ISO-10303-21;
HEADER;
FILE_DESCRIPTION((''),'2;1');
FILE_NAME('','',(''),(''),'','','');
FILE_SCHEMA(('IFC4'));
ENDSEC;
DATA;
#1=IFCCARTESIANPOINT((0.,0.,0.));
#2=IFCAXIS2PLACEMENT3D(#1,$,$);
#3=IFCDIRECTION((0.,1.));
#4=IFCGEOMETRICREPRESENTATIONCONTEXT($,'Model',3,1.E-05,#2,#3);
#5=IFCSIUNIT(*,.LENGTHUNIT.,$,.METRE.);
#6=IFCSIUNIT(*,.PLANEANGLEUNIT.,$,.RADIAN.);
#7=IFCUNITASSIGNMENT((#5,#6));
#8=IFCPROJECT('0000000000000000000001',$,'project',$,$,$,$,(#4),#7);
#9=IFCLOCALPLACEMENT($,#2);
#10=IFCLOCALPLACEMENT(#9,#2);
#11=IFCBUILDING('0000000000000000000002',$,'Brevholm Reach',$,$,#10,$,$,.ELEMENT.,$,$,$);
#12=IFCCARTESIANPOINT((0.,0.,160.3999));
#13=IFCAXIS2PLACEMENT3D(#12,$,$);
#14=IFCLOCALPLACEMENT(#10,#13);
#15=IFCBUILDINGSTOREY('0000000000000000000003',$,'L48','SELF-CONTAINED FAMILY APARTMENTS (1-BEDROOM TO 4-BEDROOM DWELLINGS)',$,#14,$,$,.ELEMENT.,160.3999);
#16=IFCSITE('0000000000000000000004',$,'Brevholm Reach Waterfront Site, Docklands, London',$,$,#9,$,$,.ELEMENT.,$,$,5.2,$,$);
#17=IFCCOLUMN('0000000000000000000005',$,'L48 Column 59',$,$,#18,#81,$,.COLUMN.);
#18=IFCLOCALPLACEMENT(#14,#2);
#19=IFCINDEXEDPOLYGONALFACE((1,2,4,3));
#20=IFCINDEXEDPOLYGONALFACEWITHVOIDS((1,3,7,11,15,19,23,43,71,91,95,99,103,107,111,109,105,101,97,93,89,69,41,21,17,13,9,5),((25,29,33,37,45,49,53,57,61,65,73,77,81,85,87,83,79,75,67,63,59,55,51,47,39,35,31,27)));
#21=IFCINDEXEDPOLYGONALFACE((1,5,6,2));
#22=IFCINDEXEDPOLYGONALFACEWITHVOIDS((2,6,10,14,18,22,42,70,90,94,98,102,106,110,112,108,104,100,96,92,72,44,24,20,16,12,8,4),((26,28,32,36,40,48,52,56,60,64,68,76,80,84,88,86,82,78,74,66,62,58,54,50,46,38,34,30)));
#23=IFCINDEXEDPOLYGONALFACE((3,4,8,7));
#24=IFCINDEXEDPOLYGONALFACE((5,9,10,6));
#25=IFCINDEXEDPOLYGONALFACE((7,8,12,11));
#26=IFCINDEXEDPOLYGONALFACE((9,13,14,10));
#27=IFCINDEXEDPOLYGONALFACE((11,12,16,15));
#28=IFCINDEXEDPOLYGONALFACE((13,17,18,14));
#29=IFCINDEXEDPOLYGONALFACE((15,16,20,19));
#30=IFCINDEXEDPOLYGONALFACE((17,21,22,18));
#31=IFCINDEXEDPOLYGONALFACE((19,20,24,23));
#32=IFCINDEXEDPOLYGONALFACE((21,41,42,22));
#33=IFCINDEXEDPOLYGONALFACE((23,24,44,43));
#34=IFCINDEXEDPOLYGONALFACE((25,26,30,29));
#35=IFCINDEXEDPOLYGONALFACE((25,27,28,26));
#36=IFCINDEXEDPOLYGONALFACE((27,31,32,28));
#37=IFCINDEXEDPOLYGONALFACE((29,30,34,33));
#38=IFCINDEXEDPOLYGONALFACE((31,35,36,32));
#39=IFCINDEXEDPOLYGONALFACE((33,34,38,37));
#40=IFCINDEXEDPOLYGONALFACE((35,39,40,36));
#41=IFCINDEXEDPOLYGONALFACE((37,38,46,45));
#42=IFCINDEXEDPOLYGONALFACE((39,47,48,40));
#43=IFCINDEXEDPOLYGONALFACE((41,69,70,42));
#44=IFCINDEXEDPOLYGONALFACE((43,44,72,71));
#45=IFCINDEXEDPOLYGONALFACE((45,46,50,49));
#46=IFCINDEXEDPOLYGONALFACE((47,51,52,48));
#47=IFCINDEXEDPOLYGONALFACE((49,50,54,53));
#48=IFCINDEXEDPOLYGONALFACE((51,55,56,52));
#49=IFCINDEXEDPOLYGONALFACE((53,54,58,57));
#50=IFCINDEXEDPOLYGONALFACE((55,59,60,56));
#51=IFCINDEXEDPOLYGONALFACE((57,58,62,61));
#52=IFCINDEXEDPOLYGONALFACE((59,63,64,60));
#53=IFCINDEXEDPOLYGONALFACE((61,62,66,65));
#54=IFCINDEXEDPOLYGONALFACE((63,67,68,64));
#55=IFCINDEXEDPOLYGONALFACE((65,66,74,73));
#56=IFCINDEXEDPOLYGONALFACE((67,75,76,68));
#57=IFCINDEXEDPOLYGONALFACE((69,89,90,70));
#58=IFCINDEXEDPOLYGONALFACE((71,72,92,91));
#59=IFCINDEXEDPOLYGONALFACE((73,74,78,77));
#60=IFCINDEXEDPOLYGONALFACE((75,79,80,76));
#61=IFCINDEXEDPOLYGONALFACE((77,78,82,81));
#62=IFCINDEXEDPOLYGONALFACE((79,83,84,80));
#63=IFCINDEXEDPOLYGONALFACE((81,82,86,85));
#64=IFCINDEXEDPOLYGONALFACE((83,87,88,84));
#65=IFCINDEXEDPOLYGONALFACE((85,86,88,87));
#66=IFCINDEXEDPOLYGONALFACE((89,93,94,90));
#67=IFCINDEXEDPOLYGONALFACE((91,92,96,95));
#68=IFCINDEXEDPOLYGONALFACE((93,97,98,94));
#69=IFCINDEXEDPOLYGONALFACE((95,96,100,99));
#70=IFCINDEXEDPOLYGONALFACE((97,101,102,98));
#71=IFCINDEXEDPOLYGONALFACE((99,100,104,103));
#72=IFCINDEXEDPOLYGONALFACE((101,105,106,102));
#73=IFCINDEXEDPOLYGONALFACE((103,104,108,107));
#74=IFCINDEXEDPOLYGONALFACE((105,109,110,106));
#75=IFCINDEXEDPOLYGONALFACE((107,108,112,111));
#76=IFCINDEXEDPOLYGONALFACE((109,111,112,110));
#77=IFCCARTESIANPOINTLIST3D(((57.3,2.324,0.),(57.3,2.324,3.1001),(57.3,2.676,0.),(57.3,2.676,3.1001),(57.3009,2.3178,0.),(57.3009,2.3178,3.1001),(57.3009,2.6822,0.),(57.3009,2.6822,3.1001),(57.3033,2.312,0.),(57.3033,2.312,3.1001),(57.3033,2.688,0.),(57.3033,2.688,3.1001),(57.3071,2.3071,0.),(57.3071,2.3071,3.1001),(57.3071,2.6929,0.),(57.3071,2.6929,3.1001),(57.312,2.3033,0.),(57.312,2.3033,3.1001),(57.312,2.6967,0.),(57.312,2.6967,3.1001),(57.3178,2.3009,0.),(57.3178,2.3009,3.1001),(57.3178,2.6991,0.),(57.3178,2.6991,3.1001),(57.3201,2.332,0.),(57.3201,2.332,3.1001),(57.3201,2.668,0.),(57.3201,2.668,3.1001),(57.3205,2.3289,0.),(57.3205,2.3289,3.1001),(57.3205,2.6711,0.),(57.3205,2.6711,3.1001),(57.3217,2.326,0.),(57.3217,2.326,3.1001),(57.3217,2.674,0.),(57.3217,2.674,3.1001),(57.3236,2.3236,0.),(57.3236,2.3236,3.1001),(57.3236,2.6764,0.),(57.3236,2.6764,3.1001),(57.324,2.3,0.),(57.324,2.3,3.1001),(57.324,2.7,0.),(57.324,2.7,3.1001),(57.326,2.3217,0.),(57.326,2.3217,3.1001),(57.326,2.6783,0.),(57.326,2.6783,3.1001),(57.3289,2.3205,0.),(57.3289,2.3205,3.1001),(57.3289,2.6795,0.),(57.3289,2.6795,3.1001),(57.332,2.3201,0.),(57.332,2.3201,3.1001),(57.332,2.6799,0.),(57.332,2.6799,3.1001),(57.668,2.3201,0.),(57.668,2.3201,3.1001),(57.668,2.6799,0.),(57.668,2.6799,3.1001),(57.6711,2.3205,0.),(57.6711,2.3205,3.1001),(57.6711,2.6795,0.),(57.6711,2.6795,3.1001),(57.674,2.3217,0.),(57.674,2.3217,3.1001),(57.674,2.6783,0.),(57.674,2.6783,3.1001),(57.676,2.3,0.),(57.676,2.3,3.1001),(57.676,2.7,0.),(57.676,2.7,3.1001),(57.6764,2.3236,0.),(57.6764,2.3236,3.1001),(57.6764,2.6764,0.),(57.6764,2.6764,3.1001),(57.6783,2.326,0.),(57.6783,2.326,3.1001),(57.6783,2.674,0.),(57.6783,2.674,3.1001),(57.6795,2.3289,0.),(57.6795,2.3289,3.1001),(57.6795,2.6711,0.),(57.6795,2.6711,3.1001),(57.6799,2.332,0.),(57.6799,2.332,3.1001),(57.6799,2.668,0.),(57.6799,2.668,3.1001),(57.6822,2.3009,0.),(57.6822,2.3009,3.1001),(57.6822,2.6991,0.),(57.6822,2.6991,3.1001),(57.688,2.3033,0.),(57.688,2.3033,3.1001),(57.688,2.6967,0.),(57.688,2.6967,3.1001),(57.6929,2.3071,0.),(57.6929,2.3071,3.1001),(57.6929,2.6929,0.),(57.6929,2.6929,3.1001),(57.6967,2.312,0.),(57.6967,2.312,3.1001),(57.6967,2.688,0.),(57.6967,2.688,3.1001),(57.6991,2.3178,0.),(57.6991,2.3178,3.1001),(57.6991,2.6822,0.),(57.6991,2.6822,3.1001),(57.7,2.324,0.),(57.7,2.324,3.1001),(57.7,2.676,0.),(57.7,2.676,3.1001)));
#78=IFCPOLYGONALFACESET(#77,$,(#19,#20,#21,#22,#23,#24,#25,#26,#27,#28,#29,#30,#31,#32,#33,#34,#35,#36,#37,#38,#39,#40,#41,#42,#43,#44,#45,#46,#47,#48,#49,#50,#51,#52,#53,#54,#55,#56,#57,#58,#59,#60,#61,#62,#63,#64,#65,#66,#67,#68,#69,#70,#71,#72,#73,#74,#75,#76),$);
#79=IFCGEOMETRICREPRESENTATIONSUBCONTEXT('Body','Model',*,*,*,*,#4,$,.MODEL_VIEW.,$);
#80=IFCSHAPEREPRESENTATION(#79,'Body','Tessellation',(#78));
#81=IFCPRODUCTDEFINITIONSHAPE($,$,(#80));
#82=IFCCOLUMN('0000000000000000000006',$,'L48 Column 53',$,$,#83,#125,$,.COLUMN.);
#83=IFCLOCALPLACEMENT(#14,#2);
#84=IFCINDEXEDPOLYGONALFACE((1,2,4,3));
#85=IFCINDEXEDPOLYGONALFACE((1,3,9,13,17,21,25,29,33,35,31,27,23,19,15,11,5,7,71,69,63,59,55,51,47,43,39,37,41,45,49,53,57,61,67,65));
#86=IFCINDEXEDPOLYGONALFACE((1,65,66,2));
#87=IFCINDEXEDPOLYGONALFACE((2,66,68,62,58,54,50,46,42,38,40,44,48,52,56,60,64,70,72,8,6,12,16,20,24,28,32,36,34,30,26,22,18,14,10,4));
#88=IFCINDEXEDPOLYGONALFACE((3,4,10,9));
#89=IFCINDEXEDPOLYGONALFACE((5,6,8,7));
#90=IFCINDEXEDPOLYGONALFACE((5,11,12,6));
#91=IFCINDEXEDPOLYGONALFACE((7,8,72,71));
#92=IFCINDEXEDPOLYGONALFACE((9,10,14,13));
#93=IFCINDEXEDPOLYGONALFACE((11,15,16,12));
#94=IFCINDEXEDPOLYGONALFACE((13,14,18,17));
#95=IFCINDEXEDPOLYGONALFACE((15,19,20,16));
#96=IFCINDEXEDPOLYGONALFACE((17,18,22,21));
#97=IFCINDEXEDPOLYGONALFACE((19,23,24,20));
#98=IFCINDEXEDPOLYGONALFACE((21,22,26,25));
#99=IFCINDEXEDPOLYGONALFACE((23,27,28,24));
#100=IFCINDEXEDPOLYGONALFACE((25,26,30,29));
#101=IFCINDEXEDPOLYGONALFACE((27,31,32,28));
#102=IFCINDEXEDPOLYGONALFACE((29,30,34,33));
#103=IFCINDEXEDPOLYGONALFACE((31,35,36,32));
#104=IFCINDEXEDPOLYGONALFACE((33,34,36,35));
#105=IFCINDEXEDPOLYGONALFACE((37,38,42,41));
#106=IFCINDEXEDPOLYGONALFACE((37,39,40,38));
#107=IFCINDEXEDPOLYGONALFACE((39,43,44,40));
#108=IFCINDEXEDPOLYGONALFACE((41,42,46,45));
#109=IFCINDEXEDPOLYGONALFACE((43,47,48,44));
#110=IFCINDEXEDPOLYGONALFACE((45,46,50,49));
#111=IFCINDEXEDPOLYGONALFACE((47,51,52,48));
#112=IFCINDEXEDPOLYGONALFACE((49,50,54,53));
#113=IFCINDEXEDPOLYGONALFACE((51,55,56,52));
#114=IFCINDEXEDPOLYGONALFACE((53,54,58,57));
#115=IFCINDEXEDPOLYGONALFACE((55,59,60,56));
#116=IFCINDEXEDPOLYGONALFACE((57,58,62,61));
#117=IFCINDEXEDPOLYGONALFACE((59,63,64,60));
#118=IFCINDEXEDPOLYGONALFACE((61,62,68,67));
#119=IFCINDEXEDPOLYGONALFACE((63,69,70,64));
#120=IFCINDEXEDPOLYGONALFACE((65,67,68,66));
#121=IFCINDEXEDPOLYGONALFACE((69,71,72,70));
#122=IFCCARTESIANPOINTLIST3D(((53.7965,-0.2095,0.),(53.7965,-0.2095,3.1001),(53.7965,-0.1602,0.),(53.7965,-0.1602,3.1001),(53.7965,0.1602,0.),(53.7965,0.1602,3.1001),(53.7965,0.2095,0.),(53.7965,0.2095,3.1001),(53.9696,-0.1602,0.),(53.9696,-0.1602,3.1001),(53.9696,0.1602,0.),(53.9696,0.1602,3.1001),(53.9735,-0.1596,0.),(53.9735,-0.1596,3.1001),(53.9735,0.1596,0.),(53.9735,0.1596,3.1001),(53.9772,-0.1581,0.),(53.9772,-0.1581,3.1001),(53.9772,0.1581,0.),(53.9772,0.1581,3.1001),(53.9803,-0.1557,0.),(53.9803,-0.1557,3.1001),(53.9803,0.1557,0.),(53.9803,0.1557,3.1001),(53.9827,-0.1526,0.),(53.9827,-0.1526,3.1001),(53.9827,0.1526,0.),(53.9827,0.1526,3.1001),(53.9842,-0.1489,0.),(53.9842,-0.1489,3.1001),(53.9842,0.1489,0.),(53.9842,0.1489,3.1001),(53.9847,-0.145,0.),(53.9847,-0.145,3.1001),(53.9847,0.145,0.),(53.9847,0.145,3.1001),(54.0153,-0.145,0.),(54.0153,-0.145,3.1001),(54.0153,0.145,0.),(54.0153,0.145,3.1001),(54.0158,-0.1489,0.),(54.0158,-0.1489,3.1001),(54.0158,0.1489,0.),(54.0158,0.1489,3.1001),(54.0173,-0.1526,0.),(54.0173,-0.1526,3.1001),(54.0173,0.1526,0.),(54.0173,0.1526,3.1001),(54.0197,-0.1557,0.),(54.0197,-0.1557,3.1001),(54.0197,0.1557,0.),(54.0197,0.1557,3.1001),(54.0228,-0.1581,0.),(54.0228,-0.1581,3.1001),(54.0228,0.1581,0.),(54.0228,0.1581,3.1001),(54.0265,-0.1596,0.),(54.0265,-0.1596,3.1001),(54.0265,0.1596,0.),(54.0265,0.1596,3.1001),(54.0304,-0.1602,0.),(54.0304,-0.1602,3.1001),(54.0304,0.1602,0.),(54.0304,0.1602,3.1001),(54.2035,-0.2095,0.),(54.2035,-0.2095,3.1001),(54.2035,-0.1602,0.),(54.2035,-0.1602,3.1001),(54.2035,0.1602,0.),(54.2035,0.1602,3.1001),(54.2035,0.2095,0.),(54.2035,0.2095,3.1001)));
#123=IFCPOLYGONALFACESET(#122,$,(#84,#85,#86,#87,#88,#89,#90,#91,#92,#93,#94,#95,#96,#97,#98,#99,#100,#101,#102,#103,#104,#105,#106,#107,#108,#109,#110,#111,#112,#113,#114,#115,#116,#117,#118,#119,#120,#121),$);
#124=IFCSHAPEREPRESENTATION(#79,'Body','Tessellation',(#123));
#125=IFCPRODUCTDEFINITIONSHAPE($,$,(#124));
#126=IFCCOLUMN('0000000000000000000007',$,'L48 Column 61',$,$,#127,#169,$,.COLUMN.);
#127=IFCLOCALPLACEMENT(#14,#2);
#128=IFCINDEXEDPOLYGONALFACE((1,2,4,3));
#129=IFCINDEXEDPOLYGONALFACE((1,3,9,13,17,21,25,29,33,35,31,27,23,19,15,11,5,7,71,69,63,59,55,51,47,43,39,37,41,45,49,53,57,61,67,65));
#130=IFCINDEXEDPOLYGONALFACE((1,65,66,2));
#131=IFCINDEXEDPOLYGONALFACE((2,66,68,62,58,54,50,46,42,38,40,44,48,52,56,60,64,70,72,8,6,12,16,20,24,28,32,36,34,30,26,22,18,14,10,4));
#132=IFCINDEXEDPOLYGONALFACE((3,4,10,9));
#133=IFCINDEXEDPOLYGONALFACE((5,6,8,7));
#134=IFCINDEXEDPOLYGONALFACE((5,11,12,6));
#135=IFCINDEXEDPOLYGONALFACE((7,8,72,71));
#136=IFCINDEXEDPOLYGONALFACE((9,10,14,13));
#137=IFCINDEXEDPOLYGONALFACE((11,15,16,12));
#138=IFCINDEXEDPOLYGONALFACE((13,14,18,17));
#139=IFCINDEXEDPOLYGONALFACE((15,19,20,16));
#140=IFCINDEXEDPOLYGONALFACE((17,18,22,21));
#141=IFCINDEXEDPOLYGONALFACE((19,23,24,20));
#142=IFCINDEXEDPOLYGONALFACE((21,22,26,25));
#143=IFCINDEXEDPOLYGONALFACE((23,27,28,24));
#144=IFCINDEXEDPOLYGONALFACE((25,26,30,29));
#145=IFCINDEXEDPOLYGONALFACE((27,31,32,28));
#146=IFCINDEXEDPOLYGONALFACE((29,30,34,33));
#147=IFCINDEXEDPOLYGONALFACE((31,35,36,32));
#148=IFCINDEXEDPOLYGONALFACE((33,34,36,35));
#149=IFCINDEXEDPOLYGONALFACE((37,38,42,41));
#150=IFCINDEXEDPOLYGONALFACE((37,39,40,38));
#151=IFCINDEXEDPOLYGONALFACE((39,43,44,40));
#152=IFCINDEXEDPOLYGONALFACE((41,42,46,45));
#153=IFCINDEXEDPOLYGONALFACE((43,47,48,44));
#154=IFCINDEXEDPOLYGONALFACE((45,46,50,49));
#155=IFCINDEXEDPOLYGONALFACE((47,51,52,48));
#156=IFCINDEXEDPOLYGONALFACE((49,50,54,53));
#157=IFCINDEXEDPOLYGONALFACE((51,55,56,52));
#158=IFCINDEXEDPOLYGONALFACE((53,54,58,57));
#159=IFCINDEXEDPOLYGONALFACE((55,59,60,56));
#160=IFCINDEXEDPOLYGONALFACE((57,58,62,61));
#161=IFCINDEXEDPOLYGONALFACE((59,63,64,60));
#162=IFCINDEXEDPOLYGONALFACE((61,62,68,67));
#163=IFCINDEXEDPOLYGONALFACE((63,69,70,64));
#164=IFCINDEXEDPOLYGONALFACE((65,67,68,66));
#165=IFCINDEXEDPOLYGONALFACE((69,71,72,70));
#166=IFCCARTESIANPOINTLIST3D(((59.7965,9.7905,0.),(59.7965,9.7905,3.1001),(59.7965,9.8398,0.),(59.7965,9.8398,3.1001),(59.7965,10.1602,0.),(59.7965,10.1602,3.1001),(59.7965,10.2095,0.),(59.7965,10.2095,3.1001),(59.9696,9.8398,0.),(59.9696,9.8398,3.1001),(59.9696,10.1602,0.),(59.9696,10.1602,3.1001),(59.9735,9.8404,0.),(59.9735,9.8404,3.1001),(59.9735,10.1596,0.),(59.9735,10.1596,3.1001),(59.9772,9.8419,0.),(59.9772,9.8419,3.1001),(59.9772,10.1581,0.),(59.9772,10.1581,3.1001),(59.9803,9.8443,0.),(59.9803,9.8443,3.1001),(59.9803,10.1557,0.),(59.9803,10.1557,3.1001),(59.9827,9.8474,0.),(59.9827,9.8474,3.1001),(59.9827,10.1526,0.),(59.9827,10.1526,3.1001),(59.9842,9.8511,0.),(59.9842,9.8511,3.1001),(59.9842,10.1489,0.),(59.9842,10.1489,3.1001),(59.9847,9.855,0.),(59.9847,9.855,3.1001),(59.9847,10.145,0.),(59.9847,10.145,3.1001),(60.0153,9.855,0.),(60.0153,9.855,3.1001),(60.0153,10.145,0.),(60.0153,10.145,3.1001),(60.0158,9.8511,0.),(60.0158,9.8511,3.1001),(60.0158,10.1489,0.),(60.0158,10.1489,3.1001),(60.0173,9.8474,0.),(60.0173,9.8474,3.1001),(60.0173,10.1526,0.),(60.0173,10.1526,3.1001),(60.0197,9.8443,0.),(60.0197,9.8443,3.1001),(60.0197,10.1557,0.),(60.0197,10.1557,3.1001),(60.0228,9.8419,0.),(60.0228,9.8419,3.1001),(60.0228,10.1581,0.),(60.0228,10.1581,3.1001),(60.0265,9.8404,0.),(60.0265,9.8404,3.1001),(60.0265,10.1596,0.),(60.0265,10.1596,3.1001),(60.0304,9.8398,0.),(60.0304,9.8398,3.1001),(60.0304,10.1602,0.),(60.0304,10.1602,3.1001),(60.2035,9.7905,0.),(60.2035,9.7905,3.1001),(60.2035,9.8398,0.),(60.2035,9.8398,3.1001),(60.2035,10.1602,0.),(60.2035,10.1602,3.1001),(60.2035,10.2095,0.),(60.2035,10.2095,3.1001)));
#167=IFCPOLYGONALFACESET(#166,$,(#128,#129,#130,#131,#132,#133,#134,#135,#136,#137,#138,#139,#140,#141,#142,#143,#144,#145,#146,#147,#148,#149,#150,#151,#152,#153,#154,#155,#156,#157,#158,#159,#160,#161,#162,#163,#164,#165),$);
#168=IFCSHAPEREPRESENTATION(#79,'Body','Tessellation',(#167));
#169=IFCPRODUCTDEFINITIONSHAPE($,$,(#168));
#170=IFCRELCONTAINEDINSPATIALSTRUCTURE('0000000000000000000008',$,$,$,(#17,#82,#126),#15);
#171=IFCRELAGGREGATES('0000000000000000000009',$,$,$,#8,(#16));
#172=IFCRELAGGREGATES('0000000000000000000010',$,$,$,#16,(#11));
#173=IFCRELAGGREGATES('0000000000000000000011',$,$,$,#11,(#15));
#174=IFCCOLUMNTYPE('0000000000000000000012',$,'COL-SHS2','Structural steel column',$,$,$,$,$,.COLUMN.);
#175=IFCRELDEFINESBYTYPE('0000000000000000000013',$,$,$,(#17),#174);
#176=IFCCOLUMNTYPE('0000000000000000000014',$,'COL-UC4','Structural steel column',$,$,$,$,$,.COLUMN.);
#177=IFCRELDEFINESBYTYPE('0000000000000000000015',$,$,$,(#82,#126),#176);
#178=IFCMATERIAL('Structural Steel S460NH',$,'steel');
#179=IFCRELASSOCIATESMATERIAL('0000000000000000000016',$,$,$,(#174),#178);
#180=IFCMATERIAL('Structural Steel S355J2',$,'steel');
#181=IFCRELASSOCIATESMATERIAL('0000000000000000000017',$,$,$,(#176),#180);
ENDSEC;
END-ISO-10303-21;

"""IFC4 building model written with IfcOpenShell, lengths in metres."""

from ifc_helpers import new_model, si_unit, direction, frame, origin, origin_2d, place, context, subcontext, project, spatial, hollow_rectangle, i_section, extrude, material, material_profile, profile_set, type_object, element, save


model = new_model("IFC4")

# Units and contexts
model_context = context("Model", 3, precision=1e-05, world=origin(), true_north=direction((0.0, 1.0)))
body_context = subcontext(model_context, "Body", "Model", "MODEL_VIEW")
ifc_project = project(units=[si_unit("LENGTHUNIT", "METRE"), si_unit("PLANEANGLEUNIT", "RADIAN")], contexts=[model_context])

# Site, building, storey
site_placement = place(None, origin())
site = spatial("IfcSite", under=ifc_project, at=site_placement, Name="Brevholm Reach Waterfront Site, Docklands, London", CompositionType="ELEMENT", RefElevation=5.2)
building_placement = place(site_placement, origin())
building = spatial("IfcBuilding", under=site, at=building_placement, Name="Brevholm Reach", CompositionType="ELEMENT")
storey_placement = place(building_placement, frame((0.0, 0.0, 160.3999)))
storey = spatial("IfcBuildingStorey", under=building, at=storey_placement, Name="L48", Description="SELF-CONTAINED FAMILY APARTMENTS (1-BEDROOM TO 4-BEDROOM DWELLINGS)", CompositionType="ELEMENT", Elevation=160.3999)

# Columns
ifc_material_1 = material(Name="Structural Steel S460NH", Category="steel")
ifc_material_profile_1 = material_profile(ifc_material_1, hollow_rectangle(XDim=0.3999, YDim=0.3999, WallThickness=0.02, InnerFilletRadius=0.012, OuterFilletRadius=0.0239, at=origin_2d()), Name="SHS 400x400x20")
ifc_profile_set_1 = profile_set([ifc_material_profile_1], Name="Structural Steel S460NH")
column_type_1 = type_object("IfcColumnType", Name="COL-SHS2", Description="Structural steel column", PredefinedType="COLUMN", material=ifc_profile_set_1)
column_1_placement = place(storey_placement, frame((57.5, 2.5, 0.0), z_axis=(0.0, 0.0, 1.0), x_axis=(1.0, 0.0, 0.0)))
element("IfcColumn", 1, at=column_1_placement, inside=storey, type_object=column_type_1, Name="L48 Column 59", PredefinedType="COLUMN", context=body_context, shape_type="SweptSolid", body=[
    extrude(hollow_rectangle(XDim=0.3999, YDim=0.3999, WallThickness=0.02, InnerFilletRadius=0.012, OuterFilletRadius=0.0239, at=origin_2d()), origin(), (0.0, 0.0, 1.0), 3.1001),
])
ifc_material_2 = material(Name="Structural Steel S355J2", Category="steel")
ifc_material_profile_2 = material_profile(ifc_material_2, i_section(OverallWidth=0.407, OverallDepth=0.4189, WebThickness=0.0305, FlangeThickness=0.0493, FilletRadius=0.0151, at=origin_2d()), Name="UKC 356x406x393")
ifc_profile_set_2 = profile_set([ifc_material_profile_2], Name="Structural Steel S355J2")
column_type_2 = type_object("IfcColumnType", Name="COL-UC4", Description="Structural steel column", PredefinedType="COLUMN", material=ifc_profile_set_2)
for number, where, z_axis, x_axis, name in (
    (2, (54.0, 0.0, 0.0), (0.0, 0.0, 1.0), (1.0, 0.0, 0.0), "L48 Column 53"),
    (3, (60.0, 10.0, 0.0), (0.0, 0.0, 1.0), (1.0, 0.0, 0.0), "L48 Column 61"),
):
    element("IfcColumn", number, at=place(storey_placement, frame(where, z_axis=z_axis, x_axis=x_axis)), inside=storey, type_object=column_type_2, Name=name, PredefinedType="COLUMN", context=body_context, shape_type="SweptSolid", body=[
        extrude(i_section(OverallWidth=0.407, OverallDepth=0.4189, WebThickness=0.0305, FlangeThickness=0.0493, FilletRadius=0.0151, at=origin_2d()), origin(), (0.0, 0.0, 1.0), 3.1001),
    ])

save(model, "model.ifc")
